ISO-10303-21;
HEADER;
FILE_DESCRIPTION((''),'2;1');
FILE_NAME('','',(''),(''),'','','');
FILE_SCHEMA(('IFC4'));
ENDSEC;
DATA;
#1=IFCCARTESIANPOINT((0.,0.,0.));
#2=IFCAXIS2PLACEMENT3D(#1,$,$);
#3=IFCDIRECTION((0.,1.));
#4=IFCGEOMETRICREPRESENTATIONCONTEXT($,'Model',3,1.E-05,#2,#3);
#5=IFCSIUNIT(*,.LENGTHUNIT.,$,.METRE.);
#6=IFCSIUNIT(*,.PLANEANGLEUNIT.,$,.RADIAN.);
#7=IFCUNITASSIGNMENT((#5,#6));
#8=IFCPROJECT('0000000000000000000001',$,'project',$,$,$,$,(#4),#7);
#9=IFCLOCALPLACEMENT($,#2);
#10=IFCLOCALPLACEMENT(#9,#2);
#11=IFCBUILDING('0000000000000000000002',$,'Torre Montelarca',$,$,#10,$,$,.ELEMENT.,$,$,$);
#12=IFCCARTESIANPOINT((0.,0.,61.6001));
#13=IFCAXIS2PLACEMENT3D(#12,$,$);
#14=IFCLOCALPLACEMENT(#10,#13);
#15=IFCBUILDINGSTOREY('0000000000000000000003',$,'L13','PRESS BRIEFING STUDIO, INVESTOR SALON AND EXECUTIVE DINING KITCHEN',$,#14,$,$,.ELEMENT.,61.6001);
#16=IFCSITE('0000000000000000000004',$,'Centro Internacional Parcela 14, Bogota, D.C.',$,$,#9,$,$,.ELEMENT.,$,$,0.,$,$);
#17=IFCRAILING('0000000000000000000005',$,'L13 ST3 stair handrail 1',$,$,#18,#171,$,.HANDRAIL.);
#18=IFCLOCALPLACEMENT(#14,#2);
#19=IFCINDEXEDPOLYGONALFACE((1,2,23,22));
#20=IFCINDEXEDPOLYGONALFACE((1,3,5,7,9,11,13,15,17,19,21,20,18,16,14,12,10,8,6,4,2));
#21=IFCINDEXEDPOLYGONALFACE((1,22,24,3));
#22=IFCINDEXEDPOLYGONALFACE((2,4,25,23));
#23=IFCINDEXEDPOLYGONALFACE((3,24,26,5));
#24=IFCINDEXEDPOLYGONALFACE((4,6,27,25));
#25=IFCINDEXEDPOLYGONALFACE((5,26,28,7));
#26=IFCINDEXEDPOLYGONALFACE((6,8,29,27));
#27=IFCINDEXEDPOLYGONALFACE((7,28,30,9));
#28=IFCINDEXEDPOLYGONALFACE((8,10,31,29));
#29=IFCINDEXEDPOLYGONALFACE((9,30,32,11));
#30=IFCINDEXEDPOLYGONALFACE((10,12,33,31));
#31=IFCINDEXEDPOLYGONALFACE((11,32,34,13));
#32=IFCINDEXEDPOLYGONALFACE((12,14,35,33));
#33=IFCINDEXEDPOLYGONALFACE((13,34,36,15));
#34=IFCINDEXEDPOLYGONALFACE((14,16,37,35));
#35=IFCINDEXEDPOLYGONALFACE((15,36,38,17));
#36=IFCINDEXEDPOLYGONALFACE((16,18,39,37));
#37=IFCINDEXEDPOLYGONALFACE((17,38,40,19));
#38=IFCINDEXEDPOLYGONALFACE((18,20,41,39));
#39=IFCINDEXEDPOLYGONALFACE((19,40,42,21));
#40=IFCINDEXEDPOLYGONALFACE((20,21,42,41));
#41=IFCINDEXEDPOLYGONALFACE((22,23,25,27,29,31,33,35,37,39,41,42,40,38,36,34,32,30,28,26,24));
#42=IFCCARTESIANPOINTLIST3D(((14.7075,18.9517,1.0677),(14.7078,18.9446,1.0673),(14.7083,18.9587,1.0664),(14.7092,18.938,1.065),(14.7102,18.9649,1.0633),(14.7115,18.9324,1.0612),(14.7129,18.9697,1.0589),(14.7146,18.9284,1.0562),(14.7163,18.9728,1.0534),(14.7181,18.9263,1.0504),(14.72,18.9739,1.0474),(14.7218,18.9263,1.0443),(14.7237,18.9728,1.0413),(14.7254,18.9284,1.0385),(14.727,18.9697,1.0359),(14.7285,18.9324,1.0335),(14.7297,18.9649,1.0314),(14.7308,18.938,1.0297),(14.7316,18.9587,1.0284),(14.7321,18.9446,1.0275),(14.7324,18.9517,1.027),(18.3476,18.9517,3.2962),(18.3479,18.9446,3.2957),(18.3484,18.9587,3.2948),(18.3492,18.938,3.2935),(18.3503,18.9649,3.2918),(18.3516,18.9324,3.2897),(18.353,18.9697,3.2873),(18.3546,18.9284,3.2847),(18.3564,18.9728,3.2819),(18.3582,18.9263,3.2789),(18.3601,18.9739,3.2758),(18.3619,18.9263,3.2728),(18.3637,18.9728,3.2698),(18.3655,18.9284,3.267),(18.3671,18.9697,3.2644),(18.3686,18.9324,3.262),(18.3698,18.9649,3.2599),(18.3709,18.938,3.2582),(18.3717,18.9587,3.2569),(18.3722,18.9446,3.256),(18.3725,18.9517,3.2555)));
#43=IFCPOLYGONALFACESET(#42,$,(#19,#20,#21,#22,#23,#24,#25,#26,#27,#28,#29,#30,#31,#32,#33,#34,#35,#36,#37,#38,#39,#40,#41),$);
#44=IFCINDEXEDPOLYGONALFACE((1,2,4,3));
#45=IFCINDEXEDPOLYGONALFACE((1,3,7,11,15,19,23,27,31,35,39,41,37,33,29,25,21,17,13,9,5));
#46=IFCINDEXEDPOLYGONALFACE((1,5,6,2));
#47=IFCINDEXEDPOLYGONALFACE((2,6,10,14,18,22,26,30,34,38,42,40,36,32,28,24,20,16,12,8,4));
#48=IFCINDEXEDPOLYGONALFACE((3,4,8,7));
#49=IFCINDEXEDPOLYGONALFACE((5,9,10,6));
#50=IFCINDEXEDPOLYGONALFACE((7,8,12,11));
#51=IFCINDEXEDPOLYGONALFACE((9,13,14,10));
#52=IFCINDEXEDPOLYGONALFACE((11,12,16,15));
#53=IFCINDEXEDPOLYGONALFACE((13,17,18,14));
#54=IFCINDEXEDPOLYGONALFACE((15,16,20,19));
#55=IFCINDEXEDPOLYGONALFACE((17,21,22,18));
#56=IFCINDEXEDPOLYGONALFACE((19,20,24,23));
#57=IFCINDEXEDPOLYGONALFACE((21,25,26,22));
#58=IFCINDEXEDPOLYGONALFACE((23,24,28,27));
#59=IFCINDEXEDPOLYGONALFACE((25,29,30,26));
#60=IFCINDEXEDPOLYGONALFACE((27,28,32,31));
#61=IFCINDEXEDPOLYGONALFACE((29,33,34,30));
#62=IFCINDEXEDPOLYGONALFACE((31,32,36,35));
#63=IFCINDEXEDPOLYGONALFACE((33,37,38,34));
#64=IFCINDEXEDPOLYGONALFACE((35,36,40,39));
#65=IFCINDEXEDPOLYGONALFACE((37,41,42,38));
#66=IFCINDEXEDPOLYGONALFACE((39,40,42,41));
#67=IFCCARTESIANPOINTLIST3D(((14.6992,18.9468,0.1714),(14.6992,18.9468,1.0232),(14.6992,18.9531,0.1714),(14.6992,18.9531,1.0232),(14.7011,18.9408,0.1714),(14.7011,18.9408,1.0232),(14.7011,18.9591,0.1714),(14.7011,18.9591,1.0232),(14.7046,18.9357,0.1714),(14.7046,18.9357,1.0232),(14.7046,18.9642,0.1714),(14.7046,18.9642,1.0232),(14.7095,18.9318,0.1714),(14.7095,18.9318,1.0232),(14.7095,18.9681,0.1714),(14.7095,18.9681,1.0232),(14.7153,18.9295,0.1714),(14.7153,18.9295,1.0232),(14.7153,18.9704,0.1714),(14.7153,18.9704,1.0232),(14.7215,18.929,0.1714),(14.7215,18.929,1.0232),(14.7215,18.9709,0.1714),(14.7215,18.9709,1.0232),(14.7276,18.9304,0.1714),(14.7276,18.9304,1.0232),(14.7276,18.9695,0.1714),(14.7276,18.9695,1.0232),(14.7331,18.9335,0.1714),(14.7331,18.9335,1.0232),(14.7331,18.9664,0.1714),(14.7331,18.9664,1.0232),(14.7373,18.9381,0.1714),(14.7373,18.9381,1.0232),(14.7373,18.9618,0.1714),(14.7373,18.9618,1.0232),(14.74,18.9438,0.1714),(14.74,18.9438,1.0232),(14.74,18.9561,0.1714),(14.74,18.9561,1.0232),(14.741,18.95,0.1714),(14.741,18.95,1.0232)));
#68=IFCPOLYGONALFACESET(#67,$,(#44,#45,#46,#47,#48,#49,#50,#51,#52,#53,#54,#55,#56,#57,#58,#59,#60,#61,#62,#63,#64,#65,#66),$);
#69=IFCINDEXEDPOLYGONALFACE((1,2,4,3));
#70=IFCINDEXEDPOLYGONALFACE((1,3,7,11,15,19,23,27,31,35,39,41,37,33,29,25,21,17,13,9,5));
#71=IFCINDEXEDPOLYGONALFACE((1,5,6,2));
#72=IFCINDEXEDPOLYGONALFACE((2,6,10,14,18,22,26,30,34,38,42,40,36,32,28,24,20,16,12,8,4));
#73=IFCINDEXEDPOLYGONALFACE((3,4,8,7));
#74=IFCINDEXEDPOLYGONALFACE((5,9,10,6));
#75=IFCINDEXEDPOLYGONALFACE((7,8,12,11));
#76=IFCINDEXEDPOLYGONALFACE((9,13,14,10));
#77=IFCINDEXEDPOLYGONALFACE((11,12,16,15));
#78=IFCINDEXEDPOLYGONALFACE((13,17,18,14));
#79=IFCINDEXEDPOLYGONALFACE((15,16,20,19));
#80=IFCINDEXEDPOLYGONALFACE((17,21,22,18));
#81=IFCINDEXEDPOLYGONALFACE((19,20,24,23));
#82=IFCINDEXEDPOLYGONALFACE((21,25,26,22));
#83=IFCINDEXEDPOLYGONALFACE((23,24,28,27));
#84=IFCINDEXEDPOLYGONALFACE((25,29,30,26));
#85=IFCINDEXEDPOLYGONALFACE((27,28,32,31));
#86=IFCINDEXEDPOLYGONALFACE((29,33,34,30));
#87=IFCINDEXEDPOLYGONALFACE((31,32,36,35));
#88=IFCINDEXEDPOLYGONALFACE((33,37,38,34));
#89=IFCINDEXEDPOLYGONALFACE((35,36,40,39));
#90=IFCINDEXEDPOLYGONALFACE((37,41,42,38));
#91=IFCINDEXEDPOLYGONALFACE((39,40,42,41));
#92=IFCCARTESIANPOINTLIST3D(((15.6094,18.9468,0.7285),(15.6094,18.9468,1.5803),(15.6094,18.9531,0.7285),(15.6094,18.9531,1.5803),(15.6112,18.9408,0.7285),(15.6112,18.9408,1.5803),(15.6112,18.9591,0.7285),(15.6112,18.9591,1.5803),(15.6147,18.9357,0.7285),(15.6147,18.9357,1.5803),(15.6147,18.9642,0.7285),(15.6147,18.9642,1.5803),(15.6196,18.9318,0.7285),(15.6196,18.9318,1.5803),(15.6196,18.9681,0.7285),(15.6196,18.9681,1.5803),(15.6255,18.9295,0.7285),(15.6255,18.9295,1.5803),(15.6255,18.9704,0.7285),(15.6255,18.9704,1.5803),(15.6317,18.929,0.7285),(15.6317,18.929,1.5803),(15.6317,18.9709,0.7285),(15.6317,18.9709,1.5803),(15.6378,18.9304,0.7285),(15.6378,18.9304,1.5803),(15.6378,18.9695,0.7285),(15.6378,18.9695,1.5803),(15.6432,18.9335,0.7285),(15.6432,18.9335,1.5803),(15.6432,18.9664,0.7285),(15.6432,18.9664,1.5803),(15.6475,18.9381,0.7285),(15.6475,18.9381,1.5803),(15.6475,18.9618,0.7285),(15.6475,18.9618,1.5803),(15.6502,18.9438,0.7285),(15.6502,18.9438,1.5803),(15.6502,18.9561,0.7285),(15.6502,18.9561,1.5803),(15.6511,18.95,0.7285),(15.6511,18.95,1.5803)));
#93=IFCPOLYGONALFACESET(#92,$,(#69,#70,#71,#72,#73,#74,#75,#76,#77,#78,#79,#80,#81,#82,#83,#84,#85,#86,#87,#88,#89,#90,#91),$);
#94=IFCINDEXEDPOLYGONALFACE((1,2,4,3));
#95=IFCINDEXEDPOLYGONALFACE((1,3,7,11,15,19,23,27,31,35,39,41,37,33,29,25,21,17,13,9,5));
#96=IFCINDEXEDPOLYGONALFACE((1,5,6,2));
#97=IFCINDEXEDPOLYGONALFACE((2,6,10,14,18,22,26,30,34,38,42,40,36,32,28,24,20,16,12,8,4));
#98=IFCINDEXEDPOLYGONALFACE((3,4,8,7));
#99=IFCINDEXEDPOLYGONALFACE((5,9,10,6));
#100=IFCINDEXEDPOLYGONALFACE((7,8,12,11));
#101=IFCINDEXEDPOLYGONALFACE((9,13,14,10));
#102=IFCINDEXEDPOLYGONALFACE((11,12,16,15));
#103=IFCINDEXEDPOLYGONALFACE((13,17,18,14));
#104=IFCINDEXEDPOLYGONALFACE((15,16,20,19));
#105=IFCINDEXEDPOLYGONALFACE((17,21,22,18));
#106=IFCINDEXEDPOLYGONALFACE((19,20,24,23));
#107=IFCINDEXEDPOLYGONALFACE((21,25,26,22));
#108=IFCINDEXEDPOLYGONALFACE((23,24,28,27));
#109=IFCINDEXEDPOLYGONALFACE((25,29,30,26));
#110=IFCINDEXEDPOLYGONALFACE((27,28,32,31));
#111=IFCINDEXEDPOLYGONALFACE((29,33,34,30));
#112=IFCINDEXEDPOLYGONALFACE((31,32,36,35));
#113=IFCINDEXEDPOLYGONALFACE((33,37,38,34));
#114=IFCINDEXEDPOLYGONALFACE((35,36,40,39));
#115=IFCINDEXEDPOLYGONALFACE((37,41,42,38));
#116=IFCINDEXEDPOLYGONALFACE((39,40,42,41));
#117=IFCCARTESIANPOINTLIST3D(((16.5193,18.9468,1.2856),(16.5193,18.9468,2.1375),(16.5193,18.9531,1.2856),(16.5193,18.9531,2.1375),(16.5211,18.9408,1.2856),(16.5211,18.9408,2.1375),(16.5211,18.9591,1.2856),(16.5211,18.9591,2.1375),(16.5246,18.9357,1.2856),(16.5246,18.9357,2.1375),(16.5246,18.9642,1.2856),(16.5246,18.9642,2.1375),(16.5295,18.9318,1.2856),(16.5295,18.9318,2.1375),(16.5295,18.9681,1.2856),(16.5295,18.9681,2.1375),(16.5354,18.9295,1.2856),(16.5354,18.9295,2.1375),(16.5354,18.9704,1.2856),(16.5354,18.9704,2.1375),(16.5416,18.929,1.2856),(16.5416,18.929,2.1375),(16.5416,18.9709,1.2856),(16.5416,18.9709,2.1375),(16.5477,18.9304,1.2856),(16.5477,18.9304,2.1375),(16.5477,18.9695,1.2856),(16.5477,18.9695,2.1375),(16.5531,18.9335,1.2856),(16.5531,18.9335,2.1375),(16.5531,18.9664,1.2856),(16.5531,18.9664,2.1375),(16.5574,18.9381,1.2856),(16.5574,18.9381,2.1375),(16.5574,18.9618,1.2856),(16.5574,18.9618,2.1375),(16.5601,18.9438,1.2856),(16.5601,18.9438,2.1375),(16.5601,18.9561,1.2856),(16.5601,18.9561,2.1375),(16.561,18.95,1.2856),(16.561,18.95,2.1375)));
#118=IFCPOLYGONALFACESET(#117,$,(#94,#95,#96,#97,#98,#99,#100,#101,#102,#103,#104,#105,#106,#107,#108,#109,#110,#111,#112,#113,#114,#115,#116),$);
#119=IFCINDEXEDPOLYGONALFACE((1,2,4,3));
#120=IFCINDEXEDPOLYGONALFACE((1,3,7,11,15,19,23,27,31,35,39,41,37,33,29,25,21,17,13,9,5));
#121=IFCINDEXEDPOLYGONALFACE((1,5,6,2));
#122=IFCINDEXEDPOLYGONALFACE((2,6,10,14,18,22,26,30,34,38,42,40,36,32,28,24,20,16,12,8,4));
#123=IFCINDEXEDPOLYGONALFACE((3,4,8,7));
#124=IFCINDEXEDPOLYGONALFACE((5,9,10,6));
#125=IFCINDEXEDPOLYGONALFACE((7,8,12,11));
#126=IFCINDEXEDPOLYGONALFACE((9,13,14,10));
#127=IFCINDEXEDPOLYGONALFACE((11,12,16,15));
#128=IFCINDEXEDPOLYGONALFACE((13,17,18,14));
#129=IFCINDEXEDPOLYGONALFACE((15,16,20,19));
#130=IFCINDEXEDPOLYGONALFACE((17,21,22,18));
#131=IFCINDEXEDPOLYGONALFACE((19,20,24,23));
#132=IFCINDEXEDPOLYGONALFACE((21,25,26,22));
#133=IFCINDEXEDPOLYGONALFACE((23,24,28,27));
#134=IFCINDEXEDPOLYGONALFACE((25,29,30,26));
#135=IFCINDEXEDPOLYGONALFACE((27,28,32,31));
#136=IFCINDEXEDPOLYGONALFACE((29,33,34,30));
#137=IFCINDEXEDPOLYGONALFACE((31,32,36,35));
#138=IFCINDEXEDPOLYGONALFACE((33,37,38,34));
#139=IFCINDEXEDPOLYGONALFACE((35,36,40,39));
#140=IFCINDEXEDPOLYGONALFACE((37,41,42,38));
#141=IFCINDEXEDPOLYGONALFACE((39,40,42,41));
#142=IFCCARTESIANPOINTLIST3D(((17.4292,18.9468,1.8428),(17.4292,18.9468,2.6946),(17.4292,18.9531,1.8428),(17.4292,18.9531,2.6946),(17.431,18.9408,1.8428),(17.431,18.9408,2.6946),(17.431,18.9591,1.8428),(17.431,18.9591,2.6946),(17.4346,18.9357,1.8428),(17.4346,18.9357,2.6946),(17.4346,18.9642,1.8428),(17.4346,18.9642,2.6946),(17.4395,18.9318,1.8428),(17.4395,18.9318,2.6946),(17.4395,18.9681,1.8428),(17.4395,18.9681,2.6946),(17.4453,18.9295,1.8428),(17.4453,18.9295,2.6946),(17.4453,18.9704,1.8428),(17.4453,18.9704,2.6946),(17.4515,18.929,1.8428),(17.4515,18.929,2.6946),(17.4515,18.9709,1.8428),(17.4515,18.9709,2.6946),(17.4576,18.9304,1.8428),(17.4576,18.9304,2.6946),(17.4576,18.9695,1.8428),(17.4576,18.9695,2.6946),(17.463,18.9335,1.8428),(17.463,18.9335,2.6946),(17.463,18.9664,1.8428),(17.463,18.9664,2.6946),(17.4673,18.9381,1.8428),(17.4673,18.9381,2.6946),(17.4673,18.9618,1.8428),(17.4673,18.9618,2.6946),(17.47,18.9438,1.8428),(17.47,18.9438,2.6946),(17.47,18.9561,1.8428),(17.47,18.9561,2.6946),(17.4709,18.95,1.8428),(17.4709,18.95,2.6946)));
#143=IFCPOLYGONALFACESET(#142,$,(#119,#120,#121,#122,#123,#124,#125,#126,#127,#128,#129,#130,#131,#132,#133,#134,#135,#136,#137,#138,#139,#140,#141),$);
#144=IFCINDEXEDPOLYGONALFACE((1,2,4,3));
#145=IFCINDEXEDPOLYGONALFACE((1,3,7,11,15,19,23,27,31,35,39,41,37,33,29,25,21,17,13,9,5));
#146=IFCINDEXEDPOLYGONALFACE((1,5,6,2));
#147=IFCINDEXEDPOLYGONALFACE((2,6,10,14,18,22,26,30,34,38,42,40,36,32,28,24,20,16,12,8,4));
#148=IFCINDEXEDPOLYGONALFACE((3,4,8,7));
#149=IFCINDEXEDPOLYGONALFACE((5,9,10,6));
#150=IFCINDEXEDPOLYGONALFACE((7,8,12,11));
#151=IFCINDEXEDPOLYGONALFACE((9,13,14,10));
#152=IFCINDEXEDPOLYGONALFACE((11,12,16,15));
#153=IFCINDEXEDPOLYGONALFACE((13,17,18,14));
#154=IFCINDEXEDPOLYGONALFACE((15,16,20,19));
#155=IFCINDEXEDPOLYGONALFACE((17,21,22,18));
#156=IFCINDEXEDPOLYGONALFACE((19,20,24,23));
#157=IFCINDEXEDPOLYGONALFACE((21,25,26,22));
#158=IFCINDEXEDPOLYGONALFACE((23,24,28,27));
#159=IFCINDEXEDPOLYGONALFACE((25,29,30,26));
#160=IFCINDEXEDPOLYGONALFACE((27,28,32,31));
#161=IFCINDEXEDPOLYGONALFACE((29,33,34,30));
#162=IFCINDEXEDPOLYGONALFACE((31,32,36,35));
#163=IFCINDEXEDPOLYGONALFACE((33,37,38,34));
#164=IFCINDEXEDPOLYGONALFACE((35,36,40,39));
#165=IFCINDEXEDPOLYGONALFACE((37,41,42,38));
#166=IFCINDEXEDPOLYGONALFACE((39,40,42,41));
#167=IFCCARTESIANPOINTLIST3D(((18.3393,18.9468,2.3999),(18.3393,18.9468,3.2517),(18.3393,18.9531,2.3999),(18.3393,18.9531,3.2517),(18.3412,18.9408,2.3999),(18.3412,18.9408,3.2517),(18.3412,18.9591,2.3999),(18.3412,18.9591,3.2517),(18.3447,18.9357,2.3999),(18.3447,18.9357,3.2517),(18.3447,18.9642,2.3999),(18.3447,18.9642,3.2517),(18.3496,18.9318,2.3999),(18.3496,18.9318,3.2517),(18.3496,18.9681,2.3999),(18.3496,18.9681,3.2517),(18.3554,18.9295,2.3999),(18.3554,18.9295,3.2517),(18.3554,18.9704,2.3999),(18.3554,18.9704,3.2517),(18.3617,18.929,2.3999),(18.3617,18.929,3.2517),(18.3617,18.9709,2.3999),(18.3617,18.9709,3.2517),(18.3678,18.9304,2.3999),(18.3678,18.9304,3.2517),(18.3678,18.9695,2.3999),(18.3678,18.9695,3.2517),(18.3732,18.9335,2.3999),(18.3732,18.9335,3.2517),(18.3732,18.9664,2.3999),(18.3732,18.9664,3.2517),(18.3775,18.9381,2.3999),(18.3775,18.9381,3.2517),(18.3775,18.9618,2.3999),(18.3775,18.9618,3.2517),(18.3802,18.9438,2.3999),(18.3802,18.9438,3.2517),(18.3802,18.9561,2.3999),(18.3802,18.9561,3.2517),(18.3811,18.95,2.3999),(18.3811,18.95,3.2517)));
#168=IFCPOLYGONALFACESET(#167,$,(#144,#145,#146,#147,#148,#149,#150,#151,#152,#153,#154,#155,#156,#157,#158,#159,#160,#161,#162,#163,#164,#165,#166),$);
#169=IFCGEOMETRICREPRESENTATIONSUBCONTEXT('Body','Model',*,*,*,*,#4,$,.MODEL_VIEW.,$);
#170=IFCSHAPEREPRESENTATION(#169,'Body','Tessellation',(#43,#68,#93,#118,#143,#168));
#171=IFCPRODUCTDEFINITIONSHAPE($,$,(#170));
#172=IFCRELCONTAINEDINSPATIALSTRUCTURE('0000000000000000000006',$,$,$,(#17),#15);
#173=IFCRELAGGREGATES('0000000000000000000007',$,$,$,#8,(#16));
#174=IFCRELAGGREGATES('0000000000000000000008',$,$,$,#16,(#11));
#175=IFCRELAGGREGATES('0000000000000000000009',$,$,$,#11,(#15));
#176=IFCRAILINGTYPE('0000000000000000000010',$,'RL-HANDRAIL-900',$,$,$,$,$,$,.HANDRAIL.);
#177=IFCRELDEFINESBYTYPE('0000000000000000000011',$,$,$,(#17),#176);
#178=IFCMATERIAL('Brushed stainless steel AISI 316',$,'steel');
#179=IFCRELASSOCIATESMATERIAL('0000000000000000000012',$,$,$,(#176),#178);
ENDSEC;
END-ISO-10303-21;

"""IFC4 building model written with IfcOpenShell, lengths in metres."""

from ifc_helpers import new_model, si_unit, direction, frame, origin, origin_2d, place, context, subcontext, project, spatial, circle, extrude, material, type_object, element, save


model = new_model("IFC4")

# Units and contexts
model_context = context("Model", 3, precision=1e-05, world=origin(), true_north=direction((0.0, 1.0)))
body_context = subcontext(model_context, "Body", "Model", "MODEL_VIEW")
ifc_project = project(units=[si_unit("LENGTHUNIT", "METRE"), si_unit("PLANEANGLEUNIT", "RADIAN")], contexts=[model_context])

# Site, building, storey
site_placement = place(None, origin())
site = spatial("IfcSite", under=ifc_project, at=site_placement, Name="Centro Internacional Parcela 14, Bogota, D.C.", CompositionType="ELEMENT", RefElevation=0.0)
building_placement = place(site_placement, origin())
building = spatial("IfcBuilding", under=site, at=building_placement, Name="Torre Montelarca", CompositionType="ELEMENT")
storey_placement = place(building_placement, frame((0.0, 0.0, 61.6001)))
storey = spatial("IfcBuildingStorey", under=building, at=storey_placement, Name="L13", Description="PRESS BRIEFING STUDIO, INVESTOR SALON AND EXECUTIVE DINING KITCHEN", CompositionType="ELEMENT", Elevation=61.6001)

# Railing
ifc_material_1 = material(Name="Brushed stainless steel AISI 316", Category="steel")
railing_type_1 = type_object("IfcRailingType", Name="RL-HANDRAIL-900", PredefinedType="HANDRAIL", material=ifc_material_1)
railing_1_placement = place(storey_placement, frame((14.72, 18.95, 0.1714)))
element("IfcRailing", 1, at=railing_1_placement, inside=storey, type_object=railing_type_1, Name="L13 ST3 stair handrail 1", PredefinedType="HANDRAIL", context=body_context, shape_type="SweptSolid", body=[
    extrude(circle(Radius=0.0239, at=origin_2d()), frame((0.0, 0.0, 0.876), z_axis=(0.852866, 0.0, 0.52213), x_axis=(0.0, 1.0, 0.0)), (0.0, 0.0, 1.0), 4.2681),
    extrude(circle(Radius=0.021, at=origin_2d()), origin(), (0.0, 0.0, 1.0), 0.8518),
    extrude(circle(Radius=0.021, at=origin_2d()), frame((0.9102, 0.0, 0.5571)), (0.0, 0.0, 1.0), 0.8518),
    extrude(circle(Radius=0.021, at=origin_2d()), frame((1.8201, 0.0, 1.1143)), (0.0, 0.0, 1.0), 0.8518),
    extrude(circle(Radius=0.021, at=origin_2d()), frame((2.73, 0.0, 1.6714)), (0.0, 0.0, 1.0), 0.8518),
    extrude(circle(Radius=0.021, at=origin_2d()), frame((3.6401, 0.0, 2.2285)), (0.0, 0.0, 1.0), 0.8518),
])

save(model, "model.ifc")
